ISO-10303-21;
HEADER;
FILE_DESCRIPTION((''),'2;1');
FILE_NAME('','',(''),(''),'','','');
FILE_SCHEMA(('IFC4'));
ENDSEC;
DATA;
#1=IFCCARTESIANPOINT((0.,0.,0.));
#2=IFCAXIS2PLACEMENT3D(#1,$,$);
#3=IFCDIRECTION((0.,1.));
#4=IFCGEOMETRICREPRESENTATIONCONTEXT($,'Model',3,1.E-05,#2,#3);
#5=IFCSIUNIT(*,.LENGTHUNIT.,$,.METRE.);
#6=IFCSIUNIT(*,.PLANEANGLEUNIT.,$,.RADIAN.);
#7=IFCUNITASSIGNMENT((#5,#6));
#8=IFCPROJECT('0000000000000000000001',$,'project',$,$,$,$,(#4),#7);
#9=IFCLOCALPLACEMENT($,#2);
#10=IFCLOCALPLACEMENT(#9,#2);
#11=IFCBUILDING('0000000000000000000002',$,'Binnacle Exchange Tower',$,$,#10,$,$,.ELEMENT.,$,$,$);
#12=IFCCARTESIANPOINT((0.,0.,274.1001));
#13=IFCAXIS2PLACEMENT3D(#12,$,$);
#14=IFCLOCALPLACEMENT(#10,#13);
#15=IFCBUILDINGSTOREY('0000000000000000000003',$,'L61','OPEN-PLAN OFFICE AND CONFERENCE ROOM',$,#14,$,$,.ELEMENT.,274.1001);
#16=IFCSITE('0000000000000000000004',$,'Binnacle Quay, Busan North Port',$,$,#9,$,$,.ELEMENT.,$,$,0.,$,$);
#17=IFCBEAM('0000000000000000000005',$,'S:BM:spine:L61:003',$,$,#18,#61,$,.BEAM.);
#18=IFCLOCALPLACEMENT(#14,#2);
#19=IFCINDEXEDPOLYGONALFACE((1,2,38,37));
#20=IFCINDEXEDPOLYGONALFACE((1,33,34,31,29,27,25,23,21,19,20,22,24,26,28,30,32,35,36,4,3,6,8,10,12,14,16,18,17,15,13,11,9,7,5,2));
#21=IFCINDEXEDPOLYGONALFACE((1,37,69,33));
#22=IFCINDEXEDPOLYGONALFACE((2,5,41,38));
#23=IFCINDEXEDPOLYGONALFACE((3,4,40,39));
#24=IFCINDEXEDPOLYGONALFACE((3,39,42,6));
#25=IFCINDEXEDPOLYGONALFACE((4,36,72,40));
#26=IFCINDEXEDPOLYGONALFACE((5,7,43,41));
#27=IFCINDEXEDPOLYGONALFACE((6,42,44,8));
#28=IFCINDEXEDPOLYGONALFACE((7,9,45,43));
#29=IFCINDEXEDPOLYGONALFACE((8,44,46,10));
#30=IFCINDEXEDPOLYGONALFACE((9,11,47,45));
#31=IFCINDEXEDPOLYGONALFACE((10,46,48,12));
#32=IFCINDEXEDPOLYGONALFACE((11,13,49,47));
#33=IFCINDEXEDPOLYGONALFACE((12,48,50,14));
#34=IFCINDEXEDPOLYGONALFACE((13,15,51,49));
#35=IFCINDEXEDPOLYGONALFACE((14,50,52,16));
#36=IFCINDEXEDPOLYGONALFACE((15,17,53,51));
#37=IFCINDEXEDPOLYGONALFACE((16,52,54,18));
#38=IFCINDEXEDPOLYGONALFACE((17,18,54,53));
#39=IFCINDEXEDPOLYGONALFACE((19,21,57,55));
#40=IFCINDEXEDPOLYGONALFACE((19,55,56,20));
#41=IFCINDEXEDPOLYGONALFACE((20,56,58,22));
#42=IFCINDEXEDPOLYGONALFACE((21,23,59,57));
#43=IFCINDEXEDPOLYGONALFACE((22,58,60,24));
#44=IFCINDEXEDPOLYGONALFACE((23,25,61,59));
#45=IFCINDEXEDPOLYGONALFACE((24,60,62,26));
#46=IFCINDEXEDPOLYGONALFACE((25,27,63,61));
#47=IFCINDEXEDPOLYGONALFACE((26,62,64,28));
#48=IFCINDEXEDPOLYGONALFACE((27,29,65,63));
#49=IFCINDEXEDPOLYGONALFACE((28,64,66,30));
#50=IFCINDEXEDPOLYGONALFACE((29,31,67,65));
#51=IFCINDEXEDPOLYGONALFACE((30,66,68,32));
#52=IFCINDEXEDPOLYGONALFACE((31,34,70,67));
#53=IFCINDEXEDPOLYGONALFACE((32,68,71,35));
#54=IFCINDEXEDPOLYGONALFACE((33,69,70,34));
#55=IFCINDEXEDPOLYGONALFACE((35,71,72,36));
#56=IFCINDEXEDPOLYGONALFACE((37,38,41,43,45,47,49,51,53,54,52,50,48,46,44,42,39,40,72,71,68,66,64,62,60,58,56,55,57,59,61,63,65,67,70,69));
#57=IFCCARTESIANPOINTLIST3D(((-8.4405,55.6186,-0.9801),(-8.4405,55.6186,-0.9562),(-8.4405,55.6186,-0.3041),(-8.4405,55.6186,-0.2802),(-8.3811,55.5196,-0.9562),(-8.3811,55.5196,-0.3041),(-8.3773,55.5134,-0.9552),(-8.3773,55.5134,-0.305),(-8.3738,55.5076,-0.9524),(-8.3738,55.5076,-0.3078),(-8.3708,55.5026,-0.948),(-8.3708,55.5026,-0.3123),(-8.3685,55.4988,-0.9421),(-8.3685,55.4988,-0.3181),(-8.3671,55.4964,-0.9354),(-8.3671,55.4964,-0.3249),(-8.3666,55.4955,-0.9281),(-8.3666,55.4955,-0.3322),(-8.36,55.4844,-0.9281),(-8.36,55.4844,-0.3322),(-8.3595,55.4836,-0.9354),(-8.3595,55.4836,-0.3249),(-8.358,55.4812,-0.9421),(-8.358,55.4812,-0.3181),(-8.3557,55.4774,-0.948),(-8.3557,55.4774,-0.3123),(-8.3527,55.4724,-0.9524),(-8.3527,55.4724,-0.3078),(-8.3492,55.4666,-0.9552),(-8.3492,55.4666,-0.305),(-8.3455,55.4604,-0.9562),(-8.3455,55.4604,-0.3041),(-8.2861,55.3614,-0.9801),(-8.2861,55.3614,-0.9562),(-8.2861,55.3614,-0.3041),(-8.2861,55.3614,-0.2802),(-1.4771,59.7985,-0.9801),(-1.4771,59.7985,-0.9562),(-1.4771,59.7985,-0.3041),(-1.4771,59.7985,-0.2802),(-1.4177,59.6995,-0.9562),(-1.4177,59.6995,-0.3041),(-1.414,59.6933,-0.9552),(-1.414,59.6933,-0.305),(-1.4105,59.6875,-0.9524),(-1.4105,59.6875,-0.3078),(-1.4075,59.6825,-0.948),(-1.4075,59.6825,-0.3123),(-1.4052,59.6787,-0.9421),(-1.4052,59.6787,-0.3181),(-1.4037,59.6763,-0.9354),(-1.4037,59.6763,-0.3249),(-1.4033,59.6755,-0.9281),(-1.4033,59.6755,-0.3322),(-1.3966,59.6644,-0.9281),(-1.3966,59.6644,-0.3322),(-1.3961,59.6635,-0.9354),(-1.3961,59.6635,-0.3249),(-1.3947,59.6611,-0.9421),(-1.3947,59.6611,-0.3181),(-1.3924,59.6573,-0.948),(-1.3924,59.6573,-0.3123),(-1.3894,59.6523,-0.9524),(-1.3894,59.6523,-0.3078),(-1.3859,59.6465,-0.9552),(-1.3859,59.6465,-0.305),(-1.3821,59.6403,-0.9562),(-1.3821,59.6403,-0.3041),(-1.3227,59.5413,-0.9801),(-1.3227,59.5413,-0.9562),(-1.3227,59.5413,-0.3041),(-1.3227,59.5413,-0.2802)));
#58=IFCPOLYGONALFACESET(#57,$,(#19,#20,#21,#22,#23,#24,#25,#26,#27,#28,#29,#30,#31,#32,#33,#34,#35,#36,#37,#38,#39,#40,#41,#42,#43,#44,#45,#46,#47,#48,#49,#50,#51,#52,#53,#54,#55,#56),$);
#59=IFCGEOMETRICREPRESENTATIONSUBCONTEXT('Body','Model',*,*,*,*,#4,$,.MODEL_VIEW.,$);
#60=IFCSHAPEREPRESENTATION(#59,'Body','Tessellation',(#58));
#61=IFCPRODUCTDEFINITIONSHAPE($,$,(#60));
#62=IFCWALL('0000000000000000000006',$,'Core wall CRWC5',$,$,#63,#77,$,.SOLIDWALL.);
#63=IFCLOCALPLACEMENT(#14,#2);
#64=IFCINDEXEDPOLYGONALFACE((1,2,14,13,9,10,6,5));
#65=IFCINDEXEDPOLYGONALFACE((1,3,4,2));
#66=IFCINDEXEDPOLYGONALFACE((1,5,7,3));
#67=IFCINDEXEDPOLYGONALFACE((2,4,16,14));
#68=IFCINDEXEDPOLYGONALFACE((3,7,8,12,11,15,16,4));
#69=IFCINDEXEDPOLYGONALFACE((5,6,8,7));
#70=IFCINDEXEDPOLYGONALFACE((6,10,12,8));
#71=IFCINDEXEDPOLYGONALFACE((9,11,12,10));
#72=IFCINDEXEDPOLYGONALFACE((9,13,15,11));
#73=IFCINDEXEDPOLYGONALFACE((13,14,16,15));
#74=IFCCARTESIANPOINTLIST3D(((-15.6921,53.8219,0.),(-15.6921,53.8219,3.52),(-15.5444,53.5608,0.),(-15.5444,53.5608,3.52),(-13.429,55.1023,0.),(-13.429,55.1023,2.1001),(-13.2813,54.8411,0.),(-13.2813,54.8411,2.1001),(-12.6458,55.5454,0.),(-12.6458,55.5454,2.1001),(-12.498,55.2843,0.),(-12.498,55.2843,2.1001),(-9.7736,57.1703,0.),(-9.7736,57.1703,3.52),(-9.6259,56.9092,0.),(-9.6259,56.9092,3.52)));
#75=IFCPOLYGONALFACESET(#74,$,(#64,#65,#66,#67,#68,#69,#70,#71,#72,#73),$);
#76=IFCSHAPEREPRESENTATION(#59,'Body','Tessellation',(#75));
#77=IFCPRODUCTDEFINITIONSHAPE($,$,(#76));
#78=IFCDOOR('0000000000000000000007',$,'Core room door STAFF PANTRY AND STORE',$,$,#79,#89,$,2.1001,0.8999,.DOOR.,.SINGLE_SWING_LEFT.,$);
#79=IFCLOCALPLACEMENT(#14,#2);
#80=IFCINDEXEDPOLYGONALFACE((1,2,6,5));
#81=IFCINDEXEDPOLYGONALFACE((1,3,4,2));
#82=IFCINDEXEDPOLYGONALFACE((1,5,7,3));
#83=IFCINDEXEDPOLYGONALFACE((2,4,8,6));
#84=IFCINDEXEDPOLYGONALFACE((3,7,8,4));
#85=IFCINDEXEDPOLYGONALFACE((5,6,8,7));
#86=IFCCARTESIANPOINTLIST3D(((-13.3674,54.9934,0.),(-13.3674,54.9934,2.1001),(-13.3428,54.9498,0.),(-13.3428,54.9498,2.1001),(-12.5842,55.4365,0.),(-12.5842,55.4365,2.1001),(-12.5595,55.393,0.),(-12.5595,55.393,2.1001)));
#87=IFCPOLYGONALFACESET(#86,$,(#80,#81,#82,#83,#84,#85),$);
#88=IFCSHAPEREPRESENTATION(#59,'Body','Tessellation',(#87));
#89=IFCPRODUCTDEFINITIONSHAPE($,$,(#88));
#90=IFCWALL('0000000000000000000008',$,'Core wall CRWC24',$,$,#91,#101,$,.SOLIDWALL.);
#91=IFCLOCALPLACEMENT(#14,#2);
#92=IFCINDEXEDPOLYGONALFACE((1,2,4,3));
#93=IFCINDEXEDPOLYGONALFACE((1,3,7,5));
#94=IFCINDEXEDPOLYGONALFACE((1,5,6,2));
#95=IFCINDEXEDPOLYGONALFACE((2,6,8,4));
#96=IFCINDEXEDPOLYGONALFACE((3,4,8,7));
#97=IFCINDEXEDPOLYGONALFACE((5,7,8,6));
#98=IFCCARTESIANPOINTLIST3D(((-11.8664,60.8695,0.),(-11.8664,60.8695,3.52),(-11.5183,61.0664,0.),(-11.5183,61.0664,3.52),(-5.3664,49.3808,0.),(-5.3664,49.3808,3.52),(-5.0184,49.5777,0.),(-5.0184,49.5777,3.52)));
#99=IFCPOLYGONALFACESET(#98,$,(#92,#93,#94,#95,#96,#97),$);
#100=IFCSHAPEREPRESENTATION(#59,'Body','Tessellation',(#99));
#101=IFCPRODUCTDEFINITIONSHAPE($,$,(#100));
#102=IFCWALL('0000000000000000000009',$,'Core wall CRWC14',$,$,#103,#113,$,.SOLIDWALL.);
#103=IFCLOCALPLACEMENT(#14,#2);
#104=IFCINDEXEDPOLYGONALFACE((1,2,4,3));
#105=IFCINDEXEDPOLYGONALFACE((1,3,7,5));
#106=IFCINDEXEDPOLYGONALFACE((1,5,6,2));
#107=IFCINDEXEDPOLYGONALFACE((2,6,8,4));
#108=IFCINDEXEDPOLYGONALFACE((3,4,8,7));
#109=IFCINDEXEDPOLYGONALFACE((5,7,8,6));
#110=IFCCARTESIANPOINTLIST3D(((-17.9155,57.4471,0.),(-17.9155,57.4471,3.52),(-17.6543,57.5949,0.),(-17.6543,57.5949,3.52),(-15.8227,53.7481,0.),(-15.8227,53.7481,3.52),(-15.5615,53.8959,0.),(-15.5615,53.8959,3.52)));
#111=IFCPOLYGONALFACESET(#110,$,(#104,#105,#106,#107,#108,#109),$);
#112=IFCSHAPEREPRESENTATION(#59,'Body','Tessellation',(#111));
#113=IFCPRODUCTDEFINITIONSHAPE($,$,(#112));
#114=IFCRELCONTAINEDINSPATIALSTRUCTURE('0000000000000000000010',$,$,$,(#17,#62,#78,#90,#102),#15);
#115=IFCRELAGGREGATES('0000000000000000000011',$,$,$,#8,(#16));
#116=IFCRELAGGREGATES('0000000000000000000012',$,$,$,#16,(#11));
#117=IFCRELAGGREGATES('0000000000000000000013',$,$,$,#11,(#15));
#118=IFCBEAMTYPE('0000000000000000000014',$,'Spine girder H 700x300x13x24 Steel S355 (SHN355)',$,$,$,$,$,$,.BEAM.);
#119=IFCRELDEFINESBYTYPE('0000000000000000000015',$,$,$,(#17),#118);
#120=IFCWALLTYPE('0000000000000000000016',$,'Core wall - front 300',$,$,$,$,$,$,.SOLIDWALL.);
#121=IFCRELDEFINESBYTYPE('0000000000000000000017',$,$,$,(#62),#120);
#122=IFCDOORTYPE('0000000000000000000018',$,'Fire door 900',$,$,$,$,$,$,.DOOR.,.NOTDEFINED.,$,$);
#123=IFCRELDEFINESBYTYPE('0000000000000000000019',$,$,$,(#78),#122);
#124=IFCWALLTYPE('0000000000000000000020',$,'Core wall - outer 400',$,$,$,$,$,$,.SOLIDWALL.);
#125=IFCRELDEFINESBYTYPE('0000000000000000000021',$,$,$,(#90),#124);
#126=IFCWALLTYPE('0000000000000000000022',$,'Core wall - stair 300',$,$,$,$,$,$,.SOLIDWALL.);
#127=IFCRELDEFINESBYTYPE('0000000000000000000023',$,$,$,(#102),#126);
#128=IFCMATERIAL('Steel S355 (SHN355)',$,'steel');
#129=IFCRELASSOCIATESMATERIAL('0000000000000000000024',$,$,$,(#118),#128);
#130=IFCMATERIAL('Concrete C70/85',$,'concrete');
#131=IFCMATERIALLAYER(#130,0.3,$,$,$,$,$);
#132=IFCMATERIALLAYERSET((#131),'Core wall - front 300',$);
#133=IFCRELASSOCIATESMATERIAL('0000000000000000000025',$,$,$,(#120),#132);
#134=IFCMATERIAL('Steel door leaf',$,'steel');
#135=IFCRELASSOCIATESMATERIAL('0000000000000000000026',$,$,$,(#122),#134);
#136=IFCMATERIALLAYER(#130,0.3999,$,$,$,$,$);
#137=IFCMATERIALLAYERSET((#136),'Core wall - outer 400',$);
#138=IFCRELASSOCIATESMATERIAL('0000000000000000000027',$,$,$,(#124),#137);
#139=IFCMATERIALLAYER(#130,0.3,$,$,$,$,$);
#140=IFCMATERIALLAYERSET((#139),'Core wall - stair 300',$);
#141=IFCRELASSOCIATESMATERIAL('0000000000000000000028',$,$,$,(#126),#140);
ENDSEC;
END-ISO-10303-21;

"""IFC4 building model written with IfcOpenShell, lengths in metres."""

from ifc_helpers import new_model, si_unit, direction, frame, frame_2d, origin, origin_2d, place, context, subcontext, project, spatial, rectangle, i_section, extrude, material, layer, layer_set, material_profile, profile_set, type_object, element, fill, save


model = new_model("IFC4")

# Units and contexts
model_context = context("Model", 3, precision=1e-05, world=origin(), true_north=direction((0.0, 1.0)))
body_context = subcontext(model_context, "Body", "Model", "MODEL_VIEW")
ifc_project = project(units=[si_unit("LENGTHUNIT", "METRE"), si_unit("PLANEANGLEUNIT", "RADIAN")], contexts=[model_context])

# Site, building, storey
site_placement = place(None, origin())
site = spatial("IfcSite", under=ifc_project, at=site_placement, Name="Binnacle Quay, Busan North Port", CompositionType="ELEMENT", RefElevation=0.0)
building_placement = place(site_placement, origin())
building = spatial("IfcBuilding", under=site, at=building_placement, Name="Binnacle Exchange Tower", CompositionType="ELEMENT")
storey_placement = place(building_placement, frame((0.0, 0.0, 274.1001)))
storey = spatial("IfcBuildingStorey", under=building, at=storey_placement, Name="L61", Description="OPEN-PLAN OFFICE AND CONFERENCE ROOM", CompositionType="ELEMENT", Elevation=274.1001)

# Beam
ifc_material_1 = material(Name="Steel S355 (SHN355)", Category="steel")
ifc_material_profile_1 = material_profile(ifc_material_1, i_section(OverallWidth=0.3, OverallDepth=0.7, WebThickness=0.0129, FlangeThickness=0.0239, FilletRadius=0.0281, at=origin_2d()), Name="H 700x300x13x24")
ifc_profile_set_1 = profile_set([ifc_material_profile_1], Name="Steel S355 (SHN355)")
beam_type_1 = type_object("IfcBeamType", Name="Spine girder H 700x300x13x24 Steel S355 (SHN355)", PredefinedType="BEAM", material=ifc_profile_set_1)
beam_1_placement = place(storey_placement, frame((-8.3633, 55.49, -0.6301), z_axis=(0.857389, 0.514668, 0.0), x_axis=(-0.514668, 0.857389, 0.0)))
element("IfcBeam", 1, at=beam_1_placement, inside=storey, type_object=beam_type_1, Name="S:BM:spine:L61:003", PredefinedType="BEAM", context=body_context, shape_type="SweptSolid", body=[
    extrude(i_section(OverallWidth=0.3, OverallDepth=0.7, WebThickness=0.0129, FlangeThickness=0.0239, FilletRadius=0.0281, at=origin_2d()), origin(), (0.0, 0.0, 1.0), 8.1216),
])

# Wall, opening, door
ifc_material_2 = material(Name="Concrete C70/85", Category="concrete")
ifc_layer_1 = layer(ifc_material_2, 0.3)
ifc_layer_set_1 = layer_set([ifc_layer_1], Name="Core wall - front 300")
wall_type_1 = type_object("IfcWallType", Name="Core wall - front 300", PredefinedType="SOLIDWALL", material=ifc_layer_set_1)
wall_1_placement = place(storey_placement, frame((-15.6182, 53.6914, 0.0), z_axis=(0.0, 0.0, 1.0), x_axis=(0.870363, 0.492411, 0.0)))
wall_1 = element("IfcWall", 2, at=wall_1_placement, inside=storey, type_object=wall_type_1, Name="Core wall CRWC5", PredefinedType="SOLIDWALL", context=body_context, shape_type="SweptSolid", body=[
    extrude(rectangle(XDim=6.8, YDim=0.3, at=frame_2d((3.3999, 0.0))), origin(), (0.0, 0.0, 1.0), 3.52),
])
opening_1_placement = place(wall_1_placement, frame((2.6001, 0.0, 0.0)))
opening_1 = element("IfcOpeningElement", 3, at=opening_1_placement, cuts=wall_1, PredefinedType="OPENING", context=body_context, shape_type="SweptSolid", body=[
    extrude(rectangle(XDim=0.8999, YDim=2.1001, at=frame_2d((0.45, 1.05))), frame((0.0, 0.1599, 0.0), z_axis=(0.0, -1.0, 0.0), x_axis=(1.0, 0.0, 0.0)), (0.0, 0.0, 1.0), 0.3201),
])
ifc_material_3 = material(Name="Steel door leaf", Category="steel")
door_type = type_object("IfcDoorType", Name="Fire door 900", OperationType="NOTDEFINED", PredefinedType="DOOR", material=ifc_material_3)
door_placement = place(opening_1_placement, origin())
door = element("IfcDoor", 4, at=door_placement, inside=storey, type_object=door_type, Name="Core room door STAFF PANTRY AND STORE", OperationType="SINGLE_SWING_LEFT", OverallHeight=2.1001, OverallWidth=0.8999, PredefinedType="DOOR", context=body_context, shape_type="SweptSolid", body=[
    extrude(rectangle(XDim=0.8999, YDim=2.1001, at=frame_2d((0.45, 1.05))), frame((0.0, 0.0249, 0.0), z_axis=(0.0, -1.0, 0.0), x_axis=(1.0, 0.0, 0.0)), (0.0, 0.0, 1.0), 0.05),
])
fill(opening_1, door)

# Walls
ifc_layer_2 = layer(ifc_material_2, 0.3999)
ifc_layer_set_2 = layer_set([ifc_layer_2], Name="Core wall - outer 400")
wall_type_2 = type_object("IfcWallType", Name="Core wall - outer 400", PredefinedType="SOLIDWALL", material=ifc_layer_set_2)
wall_2_placement = place(storey_placement, frame((-11.6924, 60.968, 0.0), z_axis=(0.0, 0.0, 1.0), x_axis=(0.492422, -0.870357, 0.0)))
element("IfcWall", 5, at=wall_2_placement, inside=storey, type_object=wall_type_2, Name="Core wall CRWC24", PredefinedType="SOLIDWALL", context=body_context, shape_type="SweptSolid", body=[
    extrude(rectangle(XDim=13.2, YDim=0.3999, at=frame_2d((6.6001, 0.0))), origin(), (0.0, 0.0, 1.0), 3.52),
])
ifc_layer_3 = layer(ifc_material_2, 0.3)
ifc_layer_set_3 = layer_set([ifc_layer_3], Name="Core wall - stair 300")
wall_type_3 = type_object("IfcWallType", Name="Core wall - stair 300", PredefinedType="SOLIDWALL", material=ifc_layer_set_3)
wall_3_placement = place(storey_placement, frame((-17.7849, 57.521, 0.0), z_axis=(0.0, 0.0, 1.0), x_axis=(0.492423, -0.870356, 0.0)))
element("IfcWall", 6, at=wall_3_placement, inside=storey, type_object=wall_type_3, Name="Core wall CRWC14", PredefinedType="SOLIDWALL", context=body_context, shape_type="SweptSolid", body=[
    extrude(rectangle(XDim=4.25, YDim=0.3, at=frame_2d((2.125, 0.0))), origin(), (0.0, 0.0, 1.0), 3.52),
])

save(model, "model.ifc")
